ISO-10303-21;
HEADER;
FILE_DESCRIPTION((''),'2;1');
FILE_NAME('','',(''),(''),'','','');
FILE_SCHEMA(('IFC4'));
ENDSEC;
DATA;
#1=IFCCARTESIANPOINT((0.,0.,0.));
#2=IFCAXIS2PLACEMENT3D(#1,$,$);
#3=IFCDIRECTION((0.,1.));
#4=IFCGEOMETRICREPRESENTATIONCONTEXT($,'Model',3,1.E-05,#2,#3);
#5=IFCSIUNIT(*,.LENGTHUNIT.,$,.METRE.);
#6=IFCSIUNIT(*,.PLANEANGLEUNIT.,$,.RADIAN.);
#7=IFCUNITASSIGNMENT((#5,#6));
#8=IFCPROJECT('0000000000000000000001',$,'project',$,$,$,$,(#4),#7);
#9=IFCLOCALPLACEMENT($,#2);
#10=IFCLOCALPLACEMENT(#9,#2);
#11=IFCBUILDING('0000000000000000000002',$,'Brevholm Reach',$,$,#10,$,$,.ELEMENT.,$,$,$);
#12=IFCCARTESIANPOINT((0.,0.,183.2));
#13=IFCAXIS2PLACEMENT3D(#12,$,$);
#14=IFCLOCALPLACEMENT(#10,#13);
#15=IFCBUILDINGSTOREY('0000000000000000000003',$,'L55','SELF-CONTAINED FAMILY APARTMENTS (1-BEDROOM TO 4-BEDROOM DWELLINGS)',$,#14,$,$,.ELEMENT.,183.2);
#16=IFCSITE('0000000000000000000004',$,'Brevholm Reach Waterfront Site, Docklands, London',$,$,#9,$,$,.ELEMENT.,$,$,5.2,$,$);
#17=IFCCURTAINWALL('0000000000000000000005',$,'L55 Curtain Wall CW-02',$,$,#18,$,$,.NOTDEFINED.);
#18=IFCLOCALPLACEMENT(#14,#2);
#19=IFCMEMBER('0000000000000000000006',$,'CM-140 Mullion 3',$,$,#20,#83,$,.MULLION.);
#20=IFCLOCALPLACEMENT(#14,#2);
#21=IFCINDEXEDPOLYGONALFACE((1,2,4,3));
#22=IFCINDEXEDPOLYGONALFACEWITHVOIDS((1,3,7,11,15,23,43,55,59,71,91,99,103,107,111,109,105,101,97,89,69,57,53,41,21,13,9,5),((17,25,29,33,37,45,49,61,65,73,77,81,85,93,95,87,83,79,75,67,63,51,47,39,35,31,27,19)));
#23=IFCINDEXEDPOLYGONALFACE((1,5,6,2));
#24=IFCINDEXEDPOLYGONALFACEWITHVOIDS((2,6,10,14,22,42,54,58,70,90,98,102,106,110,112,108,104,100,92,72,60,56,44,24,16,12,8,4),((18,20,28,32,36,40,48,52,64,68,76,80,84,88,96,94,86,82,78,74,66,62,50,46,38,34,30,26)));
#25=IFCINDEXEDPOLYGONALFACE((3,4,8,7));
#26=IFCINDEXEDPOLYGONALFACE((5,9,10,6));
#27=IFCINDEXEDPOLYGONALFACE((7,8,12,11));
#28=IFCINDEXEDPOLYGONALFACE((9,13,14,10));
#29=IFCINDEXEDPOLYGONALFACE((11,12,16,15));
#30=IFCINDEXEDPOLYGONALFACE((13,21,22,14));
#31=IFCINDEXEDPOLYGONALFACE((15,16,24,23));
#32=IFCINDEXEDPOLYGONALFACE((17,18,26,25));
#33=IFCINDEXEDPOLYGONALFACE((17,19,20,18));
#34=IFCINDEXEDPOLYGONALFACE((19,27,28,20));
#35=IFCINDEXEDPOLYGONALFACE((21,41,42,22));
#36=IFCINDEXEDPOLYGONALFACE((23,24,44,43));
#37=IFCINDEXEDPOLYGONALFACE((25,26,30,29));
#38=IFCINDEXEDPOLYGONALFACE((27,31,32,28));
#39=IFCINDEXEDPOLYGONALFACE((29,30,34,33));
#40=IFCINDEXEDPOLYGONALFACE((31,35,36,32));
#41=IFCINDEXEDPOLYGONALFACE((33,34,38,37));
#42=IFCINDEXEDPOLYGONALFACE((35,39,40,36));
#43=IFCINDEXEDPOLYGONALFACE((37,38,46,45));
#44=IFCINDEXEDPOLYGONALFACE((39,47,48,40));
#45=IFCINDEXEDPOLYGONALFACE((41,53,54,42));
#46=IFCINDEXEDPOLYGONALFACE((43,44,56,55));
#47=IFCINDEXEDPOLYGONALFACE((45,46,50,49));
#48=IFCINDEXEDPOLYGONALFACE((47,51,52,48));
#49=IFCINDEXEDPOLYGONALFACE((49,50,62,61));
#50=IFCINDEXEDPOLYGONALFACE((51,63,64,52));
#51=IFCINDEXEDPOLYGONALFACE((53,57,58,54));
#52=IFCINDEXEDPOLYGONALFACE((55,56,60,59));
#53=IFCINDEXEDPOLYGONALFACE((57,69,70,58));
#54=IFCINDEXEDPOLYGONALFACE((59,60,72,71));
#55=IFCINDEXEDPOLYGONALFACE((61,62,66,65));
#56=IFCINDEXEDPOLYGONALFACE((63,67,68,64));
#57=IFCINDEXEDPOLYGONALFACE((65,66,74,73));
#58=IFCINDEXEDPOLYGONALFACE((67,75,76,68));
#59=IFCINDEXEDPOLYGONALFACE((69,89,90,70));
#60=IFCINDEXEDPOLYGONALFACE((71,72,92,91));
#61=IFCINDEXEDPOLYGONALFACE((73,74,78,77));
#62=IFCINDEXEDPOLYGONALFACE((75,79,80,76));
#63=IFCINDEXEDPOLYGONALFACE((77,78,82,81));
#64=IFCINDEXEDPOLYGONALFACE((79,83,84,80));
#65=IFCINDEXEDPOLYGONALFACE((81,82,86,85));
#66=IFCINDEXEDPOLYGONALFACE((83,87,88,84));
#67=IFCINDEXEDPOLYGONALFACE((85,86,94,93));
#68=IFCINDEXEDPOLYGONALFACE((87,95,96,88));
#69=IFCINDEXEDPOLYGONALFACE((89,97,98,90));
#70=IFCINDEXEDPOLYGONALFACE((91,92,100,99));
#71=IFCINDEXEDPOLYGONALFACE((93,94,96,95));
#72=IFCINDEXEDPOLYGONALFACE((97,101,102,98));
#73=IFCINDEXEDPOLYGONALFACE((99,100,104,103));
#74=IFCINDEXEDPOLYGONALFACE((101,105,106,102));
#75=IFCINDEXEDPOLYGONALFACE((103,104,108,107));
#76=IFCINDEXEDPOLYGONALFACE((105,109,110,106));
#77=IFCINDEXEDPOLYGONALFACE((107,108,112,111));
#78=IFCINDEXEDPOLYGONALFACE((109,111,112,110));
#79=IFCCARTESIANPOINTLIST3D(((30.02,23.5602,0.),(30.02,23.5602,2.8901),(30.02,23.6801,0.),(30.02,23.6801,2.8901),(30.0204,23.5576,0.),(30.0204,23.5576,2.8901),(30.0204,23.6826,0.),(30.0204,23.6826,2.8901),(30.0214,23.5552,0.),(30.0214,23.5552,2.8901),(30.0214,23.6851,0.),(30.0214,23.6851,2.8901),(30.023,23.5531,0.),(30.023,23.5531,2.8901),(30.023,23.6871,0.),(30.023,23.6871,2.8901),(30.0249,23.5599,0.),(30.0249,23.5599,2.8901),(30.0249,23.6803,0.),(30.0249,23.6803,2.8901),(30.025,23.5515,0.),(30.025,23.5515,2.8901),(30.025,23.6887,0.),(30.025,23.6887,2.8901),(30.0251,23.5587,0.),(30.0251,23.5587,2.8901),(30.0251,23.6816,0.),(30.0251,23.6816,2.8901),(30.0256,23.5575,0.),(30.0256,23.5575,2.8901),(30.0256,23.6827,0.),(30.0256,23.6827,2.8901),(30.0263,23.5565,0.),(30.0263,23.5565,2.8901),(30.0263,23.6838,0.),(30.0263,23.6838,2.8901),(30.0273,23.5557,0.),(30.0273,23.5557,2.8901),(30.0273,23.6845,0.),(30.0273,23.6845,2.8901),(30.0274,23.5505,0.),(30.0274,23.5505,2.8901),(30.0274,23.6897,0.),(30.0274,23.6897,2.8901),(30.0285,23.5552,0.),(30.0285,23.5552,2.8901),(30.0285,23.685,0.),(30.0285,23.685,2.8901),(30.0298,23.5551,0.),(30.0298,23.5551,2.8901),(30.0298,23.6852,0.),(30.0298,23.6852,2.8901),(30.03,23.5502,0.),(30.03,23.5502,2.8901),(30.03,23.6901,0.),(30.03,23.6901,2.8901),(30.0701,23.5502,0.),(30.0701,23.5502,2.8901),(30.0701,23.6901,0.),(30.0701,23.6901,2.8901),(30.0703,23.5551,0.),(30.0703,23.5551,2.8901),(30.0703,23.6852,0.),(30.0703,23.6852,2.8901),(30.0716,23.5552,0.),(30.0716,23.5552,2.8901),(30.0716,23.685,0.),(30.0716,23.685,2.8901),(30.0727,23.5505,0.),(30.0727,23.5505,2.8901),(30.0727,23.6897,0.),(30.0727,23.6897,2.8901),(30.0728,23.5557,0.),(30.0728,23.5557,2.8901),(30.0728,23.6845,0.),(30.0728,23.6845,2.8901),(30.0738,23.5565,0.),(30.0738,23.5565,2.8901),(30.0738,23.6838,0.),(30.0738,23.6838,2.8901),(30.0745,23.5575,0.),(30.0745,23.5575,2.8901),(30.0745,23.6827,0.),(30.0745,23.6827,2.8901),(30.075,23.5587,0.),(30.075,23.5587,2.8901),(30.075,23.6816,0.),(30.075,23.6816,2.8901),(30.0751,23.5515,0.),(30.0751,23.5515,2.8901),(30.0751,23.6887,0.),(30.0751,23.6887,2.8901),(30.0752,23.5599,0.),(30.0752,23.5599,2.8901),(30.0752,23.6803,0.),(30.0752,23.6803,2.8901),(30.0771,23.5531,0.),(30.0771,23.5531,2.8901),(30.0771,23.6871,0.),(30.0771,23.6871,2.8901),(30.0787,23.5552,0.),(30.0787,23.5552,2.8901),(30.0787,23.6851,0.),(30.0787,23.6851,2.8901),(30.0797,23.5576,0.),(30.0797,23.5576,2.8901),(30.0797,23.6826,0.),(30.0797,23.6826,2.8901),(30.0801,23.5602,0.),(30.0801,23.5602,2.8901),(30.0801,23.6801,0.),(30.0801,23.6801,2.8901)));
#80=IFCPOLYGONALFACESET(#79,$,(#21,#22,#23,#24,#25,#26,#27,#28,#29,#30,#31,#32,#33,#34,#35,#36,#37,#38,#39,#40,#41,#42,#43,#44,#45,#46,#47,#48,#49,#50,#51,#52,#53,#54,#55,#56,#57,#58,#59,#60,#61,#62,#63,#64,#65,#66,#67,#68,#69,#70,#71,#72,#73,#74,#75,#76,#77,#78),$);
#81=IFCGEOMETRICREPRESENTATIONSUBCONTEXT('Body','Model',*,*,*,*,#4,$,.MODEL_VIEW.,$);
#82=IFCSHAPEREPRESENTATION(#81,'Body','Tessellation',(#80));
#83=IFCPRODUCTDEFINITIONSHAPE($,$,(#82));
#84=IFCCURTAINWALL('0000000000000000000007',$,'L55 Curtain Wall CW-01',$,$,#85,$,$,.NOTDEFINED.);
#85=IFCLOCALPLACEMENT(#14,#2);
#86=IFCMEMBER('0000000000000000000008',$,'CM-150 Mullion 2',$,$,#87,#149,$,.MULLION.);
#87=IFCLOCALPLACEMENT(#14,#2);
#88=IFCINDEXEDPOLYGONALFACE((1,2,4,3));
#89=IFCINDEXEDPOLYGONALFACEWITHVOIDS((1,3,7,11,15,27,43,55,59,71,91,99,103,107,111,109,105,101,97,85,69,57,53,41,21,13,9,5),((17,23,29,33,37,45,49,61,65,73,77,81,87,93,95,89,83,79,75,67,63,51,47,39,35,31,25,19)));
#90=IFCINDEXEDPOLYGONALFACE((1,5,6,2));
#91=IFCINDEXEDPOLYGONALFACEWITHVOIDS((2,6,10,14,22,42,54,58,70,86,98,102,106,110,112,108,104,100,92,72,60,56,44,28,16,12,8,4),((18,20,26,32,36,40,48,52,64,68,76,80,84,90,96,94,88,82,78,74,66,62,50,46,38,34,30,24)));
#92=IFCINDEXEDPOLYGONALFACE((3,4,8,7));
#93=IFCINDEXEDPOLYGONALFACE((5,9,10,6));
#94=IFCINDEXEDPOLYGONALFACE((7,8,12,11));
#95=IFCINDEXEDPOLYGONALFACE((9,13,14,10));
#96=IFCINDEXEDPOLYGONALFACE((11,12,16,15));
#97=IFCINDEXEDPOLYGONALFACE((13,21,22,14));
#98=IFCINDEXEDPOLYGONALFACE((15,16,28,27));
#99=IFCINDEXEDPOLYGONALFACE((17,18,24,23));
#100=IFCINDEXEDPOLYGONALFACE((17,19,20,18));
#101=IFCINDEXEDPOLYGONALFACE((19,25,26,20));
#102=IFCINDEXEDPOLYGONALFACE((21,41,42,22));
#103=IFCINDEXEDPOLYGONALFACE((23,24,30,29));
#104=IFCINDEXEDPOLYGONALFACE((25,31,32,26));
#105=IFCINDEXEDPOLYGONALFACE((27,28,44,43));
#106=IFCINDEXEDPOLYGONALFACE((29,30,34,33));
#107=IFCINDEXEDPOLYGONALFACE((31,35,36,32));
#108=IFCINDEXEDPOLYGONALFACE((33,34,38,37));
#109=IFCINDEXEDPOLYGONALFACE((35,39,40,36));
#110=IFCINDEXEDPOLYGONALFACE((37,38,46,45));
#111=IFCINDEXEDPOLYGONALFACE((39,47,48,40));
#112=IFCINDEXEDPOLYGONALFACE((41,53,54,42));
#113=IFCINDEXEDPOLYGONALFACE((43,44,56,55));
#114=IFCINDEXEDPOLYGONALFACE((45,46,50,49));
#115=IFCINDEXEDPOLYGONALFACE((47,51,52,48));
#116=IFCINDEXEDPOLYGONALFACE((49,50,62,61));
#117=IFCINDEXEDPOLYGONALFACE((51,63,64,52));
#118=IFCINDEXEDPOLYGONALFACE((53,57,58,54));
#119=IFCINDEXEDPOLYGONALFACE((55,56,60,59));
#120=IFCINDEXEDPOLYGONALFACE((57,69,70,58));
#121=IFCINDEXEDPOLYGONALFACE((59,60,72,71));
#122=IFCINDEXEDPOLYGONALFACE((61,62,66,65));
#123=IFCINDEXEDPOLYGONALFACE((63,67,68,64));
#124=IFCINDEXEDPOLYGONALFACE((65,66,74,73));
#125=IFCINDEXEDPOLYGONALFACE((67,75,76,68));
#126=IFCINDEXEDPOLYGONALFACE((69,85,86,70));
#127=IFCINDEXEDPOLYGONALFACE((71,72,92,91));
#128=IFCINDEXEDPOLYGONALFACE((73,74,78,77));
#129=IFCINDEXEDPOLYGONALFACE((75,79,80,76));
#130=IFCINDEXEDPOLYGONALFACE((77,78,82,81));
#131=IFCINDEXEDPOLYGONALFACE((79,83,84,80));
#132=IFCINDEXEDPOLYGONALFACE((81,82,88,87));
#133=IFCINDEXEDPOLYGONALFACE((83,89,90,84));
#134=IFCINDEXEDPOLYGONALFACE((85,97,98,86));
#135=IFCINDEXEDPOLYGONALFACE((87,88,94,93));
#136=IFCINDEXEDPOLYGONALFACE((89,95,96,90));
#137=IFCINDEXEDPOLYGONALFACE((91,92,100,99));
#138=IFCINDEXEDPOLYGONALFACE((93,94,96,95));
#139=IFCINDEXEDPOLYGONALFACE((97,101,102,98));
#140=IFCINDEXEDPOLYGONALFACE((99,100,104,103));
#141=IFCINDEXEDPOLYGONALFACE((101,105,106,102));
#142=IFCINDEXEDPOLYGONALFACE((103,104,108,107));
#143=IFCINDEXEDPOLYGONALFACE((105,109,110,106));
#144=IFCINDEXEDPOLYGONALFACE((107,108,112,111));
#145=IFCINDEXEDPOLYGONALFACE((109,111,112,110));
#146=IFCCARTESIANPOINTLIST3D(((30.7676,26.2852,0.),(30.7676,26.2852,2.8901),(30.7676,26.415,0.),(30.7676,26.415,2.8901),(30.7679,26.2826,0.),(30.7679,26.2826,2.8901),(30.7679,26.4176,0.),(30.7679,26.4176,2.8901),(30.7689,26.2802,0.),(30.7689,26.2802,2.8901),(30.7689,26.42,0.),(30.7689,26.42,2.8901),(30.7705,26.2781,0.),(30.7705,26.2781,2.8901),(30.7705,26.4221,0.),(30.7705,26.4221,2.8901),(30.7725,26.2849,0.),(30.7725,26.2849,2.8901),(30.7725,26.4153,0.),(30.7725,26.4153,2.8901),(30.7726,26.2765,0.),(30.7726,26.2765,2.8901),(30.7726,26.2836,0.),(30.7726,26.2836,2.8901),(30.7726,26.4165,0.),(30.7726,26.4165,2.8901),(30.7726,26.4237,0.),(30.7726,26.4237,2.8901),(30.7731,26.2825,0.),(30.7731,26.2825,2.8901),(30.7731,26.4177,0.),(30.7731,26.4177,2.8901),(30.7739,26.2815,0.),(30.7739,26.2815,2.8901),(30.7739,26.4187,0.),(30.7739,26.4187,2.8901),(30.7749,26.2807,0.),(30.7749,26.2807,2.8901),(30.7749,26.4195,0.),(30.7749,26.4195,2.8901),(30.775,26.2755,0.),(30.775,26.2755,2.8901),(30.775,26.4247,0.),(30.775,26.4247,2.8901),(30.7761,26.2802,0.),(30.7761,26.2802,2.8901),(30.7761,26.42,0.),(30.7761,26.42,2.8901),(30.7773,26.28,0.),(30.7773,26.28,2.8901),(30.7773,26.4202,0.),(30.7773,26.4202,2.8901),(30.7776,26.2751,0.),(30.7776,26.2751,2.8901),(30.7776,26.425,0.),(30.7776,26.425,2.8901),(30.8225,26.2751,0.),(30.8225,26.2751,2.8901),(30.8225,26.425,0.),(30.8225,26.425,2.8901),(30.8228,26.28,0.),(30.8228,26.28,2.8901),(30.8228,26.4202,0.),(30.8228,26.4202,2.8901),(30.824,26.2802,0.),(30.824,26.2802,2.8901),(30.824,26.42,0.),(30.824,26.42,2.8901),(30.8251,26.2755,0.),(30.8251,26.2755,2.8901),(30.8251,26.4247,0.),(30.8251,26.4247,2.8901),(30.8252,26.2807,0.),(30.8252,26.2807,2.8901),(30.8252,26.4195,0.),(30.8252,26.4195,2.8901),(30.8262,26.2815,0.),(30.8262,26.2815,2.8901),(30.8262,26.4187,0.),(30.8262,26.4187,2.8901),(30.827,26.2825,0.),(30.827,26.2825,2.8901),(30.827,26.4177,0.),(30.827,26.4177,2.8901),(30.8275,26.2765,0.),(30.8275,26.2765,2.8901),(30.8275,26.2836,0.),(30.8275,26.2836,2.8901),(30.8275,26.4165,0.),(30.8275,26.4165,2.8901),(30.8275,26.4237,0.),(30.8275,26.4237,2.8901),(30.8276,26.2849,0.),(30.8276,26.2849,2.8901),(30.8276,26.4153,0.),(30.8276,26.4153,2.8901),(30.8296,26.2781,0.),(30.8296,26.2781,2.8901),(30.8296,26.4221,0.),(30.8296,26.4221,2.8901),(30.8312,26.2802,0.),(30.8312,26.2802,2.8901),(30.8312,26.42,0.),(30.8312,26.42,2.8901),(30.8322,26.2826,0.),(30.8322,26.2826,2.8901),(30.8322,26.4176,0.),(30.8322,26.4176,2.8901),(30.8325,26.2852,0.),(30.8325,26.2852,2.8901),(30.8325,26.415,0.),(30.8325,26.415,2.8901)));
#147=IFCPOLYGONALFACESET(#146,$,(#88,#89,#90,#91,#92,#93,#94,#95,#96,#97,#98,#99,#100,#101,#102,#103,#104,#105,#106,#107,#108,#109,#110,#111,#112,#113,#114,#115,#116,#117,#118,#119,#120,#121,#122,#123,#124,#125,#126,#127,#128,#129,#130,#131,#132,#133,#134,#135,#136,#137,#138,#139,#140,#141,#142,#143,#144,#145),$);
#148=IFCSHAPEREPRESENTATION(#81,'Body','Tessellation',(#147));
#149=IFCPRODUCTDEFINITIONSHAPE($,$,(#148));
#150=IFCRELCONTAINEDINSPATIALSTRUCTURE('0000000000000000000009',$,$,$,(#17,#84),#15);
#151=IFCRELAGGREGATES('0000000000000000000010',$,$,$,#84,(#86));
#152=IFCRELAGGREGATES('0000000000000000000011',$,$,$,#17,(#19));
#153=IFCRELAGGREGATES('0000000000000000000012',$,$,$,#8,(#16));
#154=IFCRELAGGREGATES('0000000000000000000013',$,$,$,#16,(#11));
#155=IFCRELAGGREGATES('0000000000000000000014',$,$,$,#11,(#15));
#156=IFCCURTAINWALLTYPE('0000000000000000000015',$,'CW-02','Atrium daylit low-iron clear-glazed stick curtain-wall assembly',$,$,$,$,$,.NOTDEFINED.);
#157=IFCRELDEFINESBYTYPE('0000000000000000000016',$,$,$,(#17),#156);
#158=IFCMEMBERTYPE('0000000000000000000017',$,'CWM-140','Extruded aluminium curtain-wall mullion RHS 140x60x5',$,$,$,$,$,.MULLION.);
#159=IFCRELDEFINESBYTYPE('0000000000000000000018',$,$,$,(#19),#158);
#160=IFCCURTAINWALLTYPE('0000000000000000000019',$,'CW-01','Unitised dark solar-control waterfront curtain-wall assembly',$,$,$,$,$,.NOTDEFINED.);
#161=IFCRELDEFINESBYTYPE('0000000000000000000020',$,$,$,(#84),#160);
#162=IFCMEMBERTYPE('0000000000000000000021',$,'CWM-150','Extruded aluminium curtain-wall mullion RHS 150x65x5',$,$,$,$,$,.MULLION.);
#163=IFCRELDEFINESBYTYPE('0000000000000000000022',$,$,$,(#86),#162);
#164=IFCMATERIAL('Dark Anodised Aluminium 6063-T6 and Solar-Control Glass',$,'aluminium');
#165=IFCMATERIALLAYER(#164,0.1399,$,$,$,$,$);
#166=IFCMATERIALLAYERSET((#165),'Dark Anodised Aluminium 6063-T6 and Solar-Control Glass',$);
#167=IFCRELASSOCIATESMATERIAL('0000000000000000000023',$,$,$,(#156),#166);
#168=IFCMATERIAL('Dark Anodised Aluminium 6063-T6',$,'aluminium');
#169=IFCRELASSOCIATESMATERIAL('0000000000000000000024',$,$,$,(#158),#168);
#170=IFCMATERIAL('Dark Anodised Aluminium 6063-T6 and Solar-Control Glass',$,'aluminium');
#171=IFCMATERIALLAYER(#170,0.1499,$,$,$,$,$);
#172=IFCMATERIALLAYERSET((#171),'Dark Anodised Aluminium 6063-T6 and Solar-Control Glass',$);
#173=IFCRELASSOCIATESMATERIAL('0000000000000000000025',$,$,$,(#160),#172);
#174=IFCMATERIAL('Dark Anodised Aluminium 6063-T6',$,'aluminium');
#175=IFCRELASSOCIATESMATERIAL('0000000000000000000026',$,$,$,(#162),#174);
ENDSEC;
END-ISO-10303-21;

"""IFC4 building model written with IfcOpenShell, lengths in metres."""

from ifc_helpers import new_model, si_unit, direction, frame, origin, origin_2d, place, context, subcontext, project, spatial, hollow_rectangle, extrude, material, layer, layer_set, material_profile, profile_set, type_object, element, aggregate, save


model = new_model("IFC4")

# Units and contexts
model_context = context("Model", 3, precision=1e-05, world=origin(), true_north=direction((0.0, 1.0)))
body_context = subcontext(model_context, "Body", "Model", "MODEL_VIEW")
ifc_project = project(units=[si_unit("LENGTHUNIT", "METRE"), si_unit("PLANEANGLEUNIT", "RADIAN")], contexts=[model_context])

# Site, building, storey
site_placement = place(None, origin())
site = spatial("IfcSite", under=ifc_project, at=site_placement, Name="Brevholm Reach Waterfront Site, Docklands, London", CompositionType="ELEMENT", RefElevation=5.2)
building_placement = place(site_placement, origin())
building = spatial("IfcBuilding", under=site, at=building_placement, Name="Brevholm Reach", CompositionType="ELEMENT")
storey_placement = place(building_placement, frame((0.0, 0.0, 183.2)))
storey = spatial("IfcBuildingStorey", under=building, at=storey_placement, Name="L55", Description="SELF-CONTAINED FAMILY APARTMENTS (1-BEDROOM TO 4-BEDROOM DWELLINGS)", CompositionType="ELEMENT", Elevation=183.2)

# Curtain walls, members
ifc_material_1 = material(Name="Dark Anodised Aluminium 6063-T6 and Solar-Control Glass", Category="aluminium")
ifc_layer_1 = layer(ifc_material_1, 0.1399)
ifc_layer_set_1 = layer_set([ifc_layer_1], Name="Dark Anodised Aluminium 6063-T6 and Solar-Control Glass")
curtain_wall_type_1 = type_object("IfcCurtainWallType", Name="CW-02", Description="Atrium daylit low-iron clear-glazed stick curtain-wall assembly", PredefinedType="NOTDEFINED", material=ifc_layer_set_1)
ifc_material_2 = material(Name="Dark Anodised Aluminium 6063-T6", Category="aluminium")
ifc_material_profile_1 = material_profile(ifc_material_2, hollow_rectangle(XDim=0.0601, YDim=0.1399, WallThickness=0.0049, InnerFilletRadius=0.0049, OuterFilletRadius=0.01, at=origin_2d()), Name="RHS 140x60x5")
ifc_profile_set_1 = profile_set([ifc_material_profile_1], Name="Dark Anodised Aluminium 6063-T6")
member_type_1 = type_object("IfcMemberType", Name="CWM-140", Description="Extruded aluminium curtain-wall mullion RHS 140x60x5", PredefinedType="MULLION", material=ifc_profile_set_1)
curtain_wall_1_placement = place(storey_placement, origin())
curtain_wall_1 = element("IfcCurtainWall", 1, at=curtain_wall_1_placement, inside=storey, type_object=curtain_wall_type_1, Name="L55 Curtain Wall CW-02", PredefinedType="NOTDEFINED")
member_1_placement = place(storey_placement, frame((30.05, 23.6201, 0.0), z_axis=(0.0, 0.0, 1.0), x_axis=(-1.0, 0.0, 0.0)))
member_1 = element("IfcMember", 2, at=member_1_placement, type_object=member_type_1, Name="CM-140 Mullion 3", PredefinedType="MULLION", context=body_context, shape_type="SweptSolid", body=[
    extrude(hollow_rectangle(XDim=0.0601, YDim=0.1399, WallThickness=0.0049, InnerFilletRadius=0.0049, OuterFilletRadius=0.01, at=origin_2d()), origin(), (0.0, 0.0, 1.0), 2.8901),
])
ifc_material_3 = material(Name="Dark Anodised Aluminium 6063-T6 and Solar-Control Glass", Category="aluminium")
ifc_layer_2 = layer(ifc_material_3, 0.1499)
ifc_layer_set_2 = layer_set([ifc_layer_2], Name="Dark Anodised Aluminium 6063-T6 and Solar-Control Glass")
curtain_wall_type_2 = type_object("IfcCurtainWallType", Name="CW-01", Description="Unitised dark solar-control waterfront curtain-wall assembly", PredefinedType="NOTDEFINED", material=ifc_layer_set_2)
curtain_wall_2_placement = place(storey_placement, origin())
curtain_wall_2 = element("IfcCurtainWall", 3, at=curtain_wall_2_placement, inside=storey, type_object=curtain_wall_type_2, Name="L55 Curtain Wall CW-01", PredefinedType="NOTDEFINED")
ifc_material_4 = material(Name="Dark Anodised Aluminium 6063-T6", Category="aluminium")
ifc_material_profile_2 = material_profile(ifc_material_4, hollow_rectangle(XDim=0.0649, YDim=0.1499, WallThickness=0.0049, InnerFilletRadius=0.0049, OuterFilletRadius=0.01, at=origin_2d()), Name="RHS 150x65x5")
ifc_profile_set_2 = profile_set([ifc_material_profile_2], Name="Dark Anodised Aluminium 6063-T6")
member_type_2 = type_object("IfcMemberType", Name="CWM-150", Description="Extruded aluminium curtain-wall mullion RHS 150x65x5", PredefinedType="MULLION", material=ifc_profile_set_2)
member_2_placement = place(storey_placement, frame((30.8, 26.3501, 0.0), z_axis=(0.0, 0.0, 1.0), x_axis=(1.0, 0.0, 0.0)))
member_2 = element("IfcMember", 4, at=member_2_placement, type_object=member_type_2, Name="CM-150 Mullion 2", PredefinedType="MULLION", context=body_context, shape_type="SweptSolid", body=[
    extrude(hollow_rectangle(XDim=0.0649, YDim=0.1499, WallThickness=0.0049, InnerFilletRadius=0.0049, OuterFilletRadius=0.01, at=origin_2d()), origin(), (0.0, 0.0, 1.0), 2.8901),
])

aggregate(curtain_wall_2, [member_2])
aggregate(curtain_wall_1, [member_1])

save(model, "model.ifc")
